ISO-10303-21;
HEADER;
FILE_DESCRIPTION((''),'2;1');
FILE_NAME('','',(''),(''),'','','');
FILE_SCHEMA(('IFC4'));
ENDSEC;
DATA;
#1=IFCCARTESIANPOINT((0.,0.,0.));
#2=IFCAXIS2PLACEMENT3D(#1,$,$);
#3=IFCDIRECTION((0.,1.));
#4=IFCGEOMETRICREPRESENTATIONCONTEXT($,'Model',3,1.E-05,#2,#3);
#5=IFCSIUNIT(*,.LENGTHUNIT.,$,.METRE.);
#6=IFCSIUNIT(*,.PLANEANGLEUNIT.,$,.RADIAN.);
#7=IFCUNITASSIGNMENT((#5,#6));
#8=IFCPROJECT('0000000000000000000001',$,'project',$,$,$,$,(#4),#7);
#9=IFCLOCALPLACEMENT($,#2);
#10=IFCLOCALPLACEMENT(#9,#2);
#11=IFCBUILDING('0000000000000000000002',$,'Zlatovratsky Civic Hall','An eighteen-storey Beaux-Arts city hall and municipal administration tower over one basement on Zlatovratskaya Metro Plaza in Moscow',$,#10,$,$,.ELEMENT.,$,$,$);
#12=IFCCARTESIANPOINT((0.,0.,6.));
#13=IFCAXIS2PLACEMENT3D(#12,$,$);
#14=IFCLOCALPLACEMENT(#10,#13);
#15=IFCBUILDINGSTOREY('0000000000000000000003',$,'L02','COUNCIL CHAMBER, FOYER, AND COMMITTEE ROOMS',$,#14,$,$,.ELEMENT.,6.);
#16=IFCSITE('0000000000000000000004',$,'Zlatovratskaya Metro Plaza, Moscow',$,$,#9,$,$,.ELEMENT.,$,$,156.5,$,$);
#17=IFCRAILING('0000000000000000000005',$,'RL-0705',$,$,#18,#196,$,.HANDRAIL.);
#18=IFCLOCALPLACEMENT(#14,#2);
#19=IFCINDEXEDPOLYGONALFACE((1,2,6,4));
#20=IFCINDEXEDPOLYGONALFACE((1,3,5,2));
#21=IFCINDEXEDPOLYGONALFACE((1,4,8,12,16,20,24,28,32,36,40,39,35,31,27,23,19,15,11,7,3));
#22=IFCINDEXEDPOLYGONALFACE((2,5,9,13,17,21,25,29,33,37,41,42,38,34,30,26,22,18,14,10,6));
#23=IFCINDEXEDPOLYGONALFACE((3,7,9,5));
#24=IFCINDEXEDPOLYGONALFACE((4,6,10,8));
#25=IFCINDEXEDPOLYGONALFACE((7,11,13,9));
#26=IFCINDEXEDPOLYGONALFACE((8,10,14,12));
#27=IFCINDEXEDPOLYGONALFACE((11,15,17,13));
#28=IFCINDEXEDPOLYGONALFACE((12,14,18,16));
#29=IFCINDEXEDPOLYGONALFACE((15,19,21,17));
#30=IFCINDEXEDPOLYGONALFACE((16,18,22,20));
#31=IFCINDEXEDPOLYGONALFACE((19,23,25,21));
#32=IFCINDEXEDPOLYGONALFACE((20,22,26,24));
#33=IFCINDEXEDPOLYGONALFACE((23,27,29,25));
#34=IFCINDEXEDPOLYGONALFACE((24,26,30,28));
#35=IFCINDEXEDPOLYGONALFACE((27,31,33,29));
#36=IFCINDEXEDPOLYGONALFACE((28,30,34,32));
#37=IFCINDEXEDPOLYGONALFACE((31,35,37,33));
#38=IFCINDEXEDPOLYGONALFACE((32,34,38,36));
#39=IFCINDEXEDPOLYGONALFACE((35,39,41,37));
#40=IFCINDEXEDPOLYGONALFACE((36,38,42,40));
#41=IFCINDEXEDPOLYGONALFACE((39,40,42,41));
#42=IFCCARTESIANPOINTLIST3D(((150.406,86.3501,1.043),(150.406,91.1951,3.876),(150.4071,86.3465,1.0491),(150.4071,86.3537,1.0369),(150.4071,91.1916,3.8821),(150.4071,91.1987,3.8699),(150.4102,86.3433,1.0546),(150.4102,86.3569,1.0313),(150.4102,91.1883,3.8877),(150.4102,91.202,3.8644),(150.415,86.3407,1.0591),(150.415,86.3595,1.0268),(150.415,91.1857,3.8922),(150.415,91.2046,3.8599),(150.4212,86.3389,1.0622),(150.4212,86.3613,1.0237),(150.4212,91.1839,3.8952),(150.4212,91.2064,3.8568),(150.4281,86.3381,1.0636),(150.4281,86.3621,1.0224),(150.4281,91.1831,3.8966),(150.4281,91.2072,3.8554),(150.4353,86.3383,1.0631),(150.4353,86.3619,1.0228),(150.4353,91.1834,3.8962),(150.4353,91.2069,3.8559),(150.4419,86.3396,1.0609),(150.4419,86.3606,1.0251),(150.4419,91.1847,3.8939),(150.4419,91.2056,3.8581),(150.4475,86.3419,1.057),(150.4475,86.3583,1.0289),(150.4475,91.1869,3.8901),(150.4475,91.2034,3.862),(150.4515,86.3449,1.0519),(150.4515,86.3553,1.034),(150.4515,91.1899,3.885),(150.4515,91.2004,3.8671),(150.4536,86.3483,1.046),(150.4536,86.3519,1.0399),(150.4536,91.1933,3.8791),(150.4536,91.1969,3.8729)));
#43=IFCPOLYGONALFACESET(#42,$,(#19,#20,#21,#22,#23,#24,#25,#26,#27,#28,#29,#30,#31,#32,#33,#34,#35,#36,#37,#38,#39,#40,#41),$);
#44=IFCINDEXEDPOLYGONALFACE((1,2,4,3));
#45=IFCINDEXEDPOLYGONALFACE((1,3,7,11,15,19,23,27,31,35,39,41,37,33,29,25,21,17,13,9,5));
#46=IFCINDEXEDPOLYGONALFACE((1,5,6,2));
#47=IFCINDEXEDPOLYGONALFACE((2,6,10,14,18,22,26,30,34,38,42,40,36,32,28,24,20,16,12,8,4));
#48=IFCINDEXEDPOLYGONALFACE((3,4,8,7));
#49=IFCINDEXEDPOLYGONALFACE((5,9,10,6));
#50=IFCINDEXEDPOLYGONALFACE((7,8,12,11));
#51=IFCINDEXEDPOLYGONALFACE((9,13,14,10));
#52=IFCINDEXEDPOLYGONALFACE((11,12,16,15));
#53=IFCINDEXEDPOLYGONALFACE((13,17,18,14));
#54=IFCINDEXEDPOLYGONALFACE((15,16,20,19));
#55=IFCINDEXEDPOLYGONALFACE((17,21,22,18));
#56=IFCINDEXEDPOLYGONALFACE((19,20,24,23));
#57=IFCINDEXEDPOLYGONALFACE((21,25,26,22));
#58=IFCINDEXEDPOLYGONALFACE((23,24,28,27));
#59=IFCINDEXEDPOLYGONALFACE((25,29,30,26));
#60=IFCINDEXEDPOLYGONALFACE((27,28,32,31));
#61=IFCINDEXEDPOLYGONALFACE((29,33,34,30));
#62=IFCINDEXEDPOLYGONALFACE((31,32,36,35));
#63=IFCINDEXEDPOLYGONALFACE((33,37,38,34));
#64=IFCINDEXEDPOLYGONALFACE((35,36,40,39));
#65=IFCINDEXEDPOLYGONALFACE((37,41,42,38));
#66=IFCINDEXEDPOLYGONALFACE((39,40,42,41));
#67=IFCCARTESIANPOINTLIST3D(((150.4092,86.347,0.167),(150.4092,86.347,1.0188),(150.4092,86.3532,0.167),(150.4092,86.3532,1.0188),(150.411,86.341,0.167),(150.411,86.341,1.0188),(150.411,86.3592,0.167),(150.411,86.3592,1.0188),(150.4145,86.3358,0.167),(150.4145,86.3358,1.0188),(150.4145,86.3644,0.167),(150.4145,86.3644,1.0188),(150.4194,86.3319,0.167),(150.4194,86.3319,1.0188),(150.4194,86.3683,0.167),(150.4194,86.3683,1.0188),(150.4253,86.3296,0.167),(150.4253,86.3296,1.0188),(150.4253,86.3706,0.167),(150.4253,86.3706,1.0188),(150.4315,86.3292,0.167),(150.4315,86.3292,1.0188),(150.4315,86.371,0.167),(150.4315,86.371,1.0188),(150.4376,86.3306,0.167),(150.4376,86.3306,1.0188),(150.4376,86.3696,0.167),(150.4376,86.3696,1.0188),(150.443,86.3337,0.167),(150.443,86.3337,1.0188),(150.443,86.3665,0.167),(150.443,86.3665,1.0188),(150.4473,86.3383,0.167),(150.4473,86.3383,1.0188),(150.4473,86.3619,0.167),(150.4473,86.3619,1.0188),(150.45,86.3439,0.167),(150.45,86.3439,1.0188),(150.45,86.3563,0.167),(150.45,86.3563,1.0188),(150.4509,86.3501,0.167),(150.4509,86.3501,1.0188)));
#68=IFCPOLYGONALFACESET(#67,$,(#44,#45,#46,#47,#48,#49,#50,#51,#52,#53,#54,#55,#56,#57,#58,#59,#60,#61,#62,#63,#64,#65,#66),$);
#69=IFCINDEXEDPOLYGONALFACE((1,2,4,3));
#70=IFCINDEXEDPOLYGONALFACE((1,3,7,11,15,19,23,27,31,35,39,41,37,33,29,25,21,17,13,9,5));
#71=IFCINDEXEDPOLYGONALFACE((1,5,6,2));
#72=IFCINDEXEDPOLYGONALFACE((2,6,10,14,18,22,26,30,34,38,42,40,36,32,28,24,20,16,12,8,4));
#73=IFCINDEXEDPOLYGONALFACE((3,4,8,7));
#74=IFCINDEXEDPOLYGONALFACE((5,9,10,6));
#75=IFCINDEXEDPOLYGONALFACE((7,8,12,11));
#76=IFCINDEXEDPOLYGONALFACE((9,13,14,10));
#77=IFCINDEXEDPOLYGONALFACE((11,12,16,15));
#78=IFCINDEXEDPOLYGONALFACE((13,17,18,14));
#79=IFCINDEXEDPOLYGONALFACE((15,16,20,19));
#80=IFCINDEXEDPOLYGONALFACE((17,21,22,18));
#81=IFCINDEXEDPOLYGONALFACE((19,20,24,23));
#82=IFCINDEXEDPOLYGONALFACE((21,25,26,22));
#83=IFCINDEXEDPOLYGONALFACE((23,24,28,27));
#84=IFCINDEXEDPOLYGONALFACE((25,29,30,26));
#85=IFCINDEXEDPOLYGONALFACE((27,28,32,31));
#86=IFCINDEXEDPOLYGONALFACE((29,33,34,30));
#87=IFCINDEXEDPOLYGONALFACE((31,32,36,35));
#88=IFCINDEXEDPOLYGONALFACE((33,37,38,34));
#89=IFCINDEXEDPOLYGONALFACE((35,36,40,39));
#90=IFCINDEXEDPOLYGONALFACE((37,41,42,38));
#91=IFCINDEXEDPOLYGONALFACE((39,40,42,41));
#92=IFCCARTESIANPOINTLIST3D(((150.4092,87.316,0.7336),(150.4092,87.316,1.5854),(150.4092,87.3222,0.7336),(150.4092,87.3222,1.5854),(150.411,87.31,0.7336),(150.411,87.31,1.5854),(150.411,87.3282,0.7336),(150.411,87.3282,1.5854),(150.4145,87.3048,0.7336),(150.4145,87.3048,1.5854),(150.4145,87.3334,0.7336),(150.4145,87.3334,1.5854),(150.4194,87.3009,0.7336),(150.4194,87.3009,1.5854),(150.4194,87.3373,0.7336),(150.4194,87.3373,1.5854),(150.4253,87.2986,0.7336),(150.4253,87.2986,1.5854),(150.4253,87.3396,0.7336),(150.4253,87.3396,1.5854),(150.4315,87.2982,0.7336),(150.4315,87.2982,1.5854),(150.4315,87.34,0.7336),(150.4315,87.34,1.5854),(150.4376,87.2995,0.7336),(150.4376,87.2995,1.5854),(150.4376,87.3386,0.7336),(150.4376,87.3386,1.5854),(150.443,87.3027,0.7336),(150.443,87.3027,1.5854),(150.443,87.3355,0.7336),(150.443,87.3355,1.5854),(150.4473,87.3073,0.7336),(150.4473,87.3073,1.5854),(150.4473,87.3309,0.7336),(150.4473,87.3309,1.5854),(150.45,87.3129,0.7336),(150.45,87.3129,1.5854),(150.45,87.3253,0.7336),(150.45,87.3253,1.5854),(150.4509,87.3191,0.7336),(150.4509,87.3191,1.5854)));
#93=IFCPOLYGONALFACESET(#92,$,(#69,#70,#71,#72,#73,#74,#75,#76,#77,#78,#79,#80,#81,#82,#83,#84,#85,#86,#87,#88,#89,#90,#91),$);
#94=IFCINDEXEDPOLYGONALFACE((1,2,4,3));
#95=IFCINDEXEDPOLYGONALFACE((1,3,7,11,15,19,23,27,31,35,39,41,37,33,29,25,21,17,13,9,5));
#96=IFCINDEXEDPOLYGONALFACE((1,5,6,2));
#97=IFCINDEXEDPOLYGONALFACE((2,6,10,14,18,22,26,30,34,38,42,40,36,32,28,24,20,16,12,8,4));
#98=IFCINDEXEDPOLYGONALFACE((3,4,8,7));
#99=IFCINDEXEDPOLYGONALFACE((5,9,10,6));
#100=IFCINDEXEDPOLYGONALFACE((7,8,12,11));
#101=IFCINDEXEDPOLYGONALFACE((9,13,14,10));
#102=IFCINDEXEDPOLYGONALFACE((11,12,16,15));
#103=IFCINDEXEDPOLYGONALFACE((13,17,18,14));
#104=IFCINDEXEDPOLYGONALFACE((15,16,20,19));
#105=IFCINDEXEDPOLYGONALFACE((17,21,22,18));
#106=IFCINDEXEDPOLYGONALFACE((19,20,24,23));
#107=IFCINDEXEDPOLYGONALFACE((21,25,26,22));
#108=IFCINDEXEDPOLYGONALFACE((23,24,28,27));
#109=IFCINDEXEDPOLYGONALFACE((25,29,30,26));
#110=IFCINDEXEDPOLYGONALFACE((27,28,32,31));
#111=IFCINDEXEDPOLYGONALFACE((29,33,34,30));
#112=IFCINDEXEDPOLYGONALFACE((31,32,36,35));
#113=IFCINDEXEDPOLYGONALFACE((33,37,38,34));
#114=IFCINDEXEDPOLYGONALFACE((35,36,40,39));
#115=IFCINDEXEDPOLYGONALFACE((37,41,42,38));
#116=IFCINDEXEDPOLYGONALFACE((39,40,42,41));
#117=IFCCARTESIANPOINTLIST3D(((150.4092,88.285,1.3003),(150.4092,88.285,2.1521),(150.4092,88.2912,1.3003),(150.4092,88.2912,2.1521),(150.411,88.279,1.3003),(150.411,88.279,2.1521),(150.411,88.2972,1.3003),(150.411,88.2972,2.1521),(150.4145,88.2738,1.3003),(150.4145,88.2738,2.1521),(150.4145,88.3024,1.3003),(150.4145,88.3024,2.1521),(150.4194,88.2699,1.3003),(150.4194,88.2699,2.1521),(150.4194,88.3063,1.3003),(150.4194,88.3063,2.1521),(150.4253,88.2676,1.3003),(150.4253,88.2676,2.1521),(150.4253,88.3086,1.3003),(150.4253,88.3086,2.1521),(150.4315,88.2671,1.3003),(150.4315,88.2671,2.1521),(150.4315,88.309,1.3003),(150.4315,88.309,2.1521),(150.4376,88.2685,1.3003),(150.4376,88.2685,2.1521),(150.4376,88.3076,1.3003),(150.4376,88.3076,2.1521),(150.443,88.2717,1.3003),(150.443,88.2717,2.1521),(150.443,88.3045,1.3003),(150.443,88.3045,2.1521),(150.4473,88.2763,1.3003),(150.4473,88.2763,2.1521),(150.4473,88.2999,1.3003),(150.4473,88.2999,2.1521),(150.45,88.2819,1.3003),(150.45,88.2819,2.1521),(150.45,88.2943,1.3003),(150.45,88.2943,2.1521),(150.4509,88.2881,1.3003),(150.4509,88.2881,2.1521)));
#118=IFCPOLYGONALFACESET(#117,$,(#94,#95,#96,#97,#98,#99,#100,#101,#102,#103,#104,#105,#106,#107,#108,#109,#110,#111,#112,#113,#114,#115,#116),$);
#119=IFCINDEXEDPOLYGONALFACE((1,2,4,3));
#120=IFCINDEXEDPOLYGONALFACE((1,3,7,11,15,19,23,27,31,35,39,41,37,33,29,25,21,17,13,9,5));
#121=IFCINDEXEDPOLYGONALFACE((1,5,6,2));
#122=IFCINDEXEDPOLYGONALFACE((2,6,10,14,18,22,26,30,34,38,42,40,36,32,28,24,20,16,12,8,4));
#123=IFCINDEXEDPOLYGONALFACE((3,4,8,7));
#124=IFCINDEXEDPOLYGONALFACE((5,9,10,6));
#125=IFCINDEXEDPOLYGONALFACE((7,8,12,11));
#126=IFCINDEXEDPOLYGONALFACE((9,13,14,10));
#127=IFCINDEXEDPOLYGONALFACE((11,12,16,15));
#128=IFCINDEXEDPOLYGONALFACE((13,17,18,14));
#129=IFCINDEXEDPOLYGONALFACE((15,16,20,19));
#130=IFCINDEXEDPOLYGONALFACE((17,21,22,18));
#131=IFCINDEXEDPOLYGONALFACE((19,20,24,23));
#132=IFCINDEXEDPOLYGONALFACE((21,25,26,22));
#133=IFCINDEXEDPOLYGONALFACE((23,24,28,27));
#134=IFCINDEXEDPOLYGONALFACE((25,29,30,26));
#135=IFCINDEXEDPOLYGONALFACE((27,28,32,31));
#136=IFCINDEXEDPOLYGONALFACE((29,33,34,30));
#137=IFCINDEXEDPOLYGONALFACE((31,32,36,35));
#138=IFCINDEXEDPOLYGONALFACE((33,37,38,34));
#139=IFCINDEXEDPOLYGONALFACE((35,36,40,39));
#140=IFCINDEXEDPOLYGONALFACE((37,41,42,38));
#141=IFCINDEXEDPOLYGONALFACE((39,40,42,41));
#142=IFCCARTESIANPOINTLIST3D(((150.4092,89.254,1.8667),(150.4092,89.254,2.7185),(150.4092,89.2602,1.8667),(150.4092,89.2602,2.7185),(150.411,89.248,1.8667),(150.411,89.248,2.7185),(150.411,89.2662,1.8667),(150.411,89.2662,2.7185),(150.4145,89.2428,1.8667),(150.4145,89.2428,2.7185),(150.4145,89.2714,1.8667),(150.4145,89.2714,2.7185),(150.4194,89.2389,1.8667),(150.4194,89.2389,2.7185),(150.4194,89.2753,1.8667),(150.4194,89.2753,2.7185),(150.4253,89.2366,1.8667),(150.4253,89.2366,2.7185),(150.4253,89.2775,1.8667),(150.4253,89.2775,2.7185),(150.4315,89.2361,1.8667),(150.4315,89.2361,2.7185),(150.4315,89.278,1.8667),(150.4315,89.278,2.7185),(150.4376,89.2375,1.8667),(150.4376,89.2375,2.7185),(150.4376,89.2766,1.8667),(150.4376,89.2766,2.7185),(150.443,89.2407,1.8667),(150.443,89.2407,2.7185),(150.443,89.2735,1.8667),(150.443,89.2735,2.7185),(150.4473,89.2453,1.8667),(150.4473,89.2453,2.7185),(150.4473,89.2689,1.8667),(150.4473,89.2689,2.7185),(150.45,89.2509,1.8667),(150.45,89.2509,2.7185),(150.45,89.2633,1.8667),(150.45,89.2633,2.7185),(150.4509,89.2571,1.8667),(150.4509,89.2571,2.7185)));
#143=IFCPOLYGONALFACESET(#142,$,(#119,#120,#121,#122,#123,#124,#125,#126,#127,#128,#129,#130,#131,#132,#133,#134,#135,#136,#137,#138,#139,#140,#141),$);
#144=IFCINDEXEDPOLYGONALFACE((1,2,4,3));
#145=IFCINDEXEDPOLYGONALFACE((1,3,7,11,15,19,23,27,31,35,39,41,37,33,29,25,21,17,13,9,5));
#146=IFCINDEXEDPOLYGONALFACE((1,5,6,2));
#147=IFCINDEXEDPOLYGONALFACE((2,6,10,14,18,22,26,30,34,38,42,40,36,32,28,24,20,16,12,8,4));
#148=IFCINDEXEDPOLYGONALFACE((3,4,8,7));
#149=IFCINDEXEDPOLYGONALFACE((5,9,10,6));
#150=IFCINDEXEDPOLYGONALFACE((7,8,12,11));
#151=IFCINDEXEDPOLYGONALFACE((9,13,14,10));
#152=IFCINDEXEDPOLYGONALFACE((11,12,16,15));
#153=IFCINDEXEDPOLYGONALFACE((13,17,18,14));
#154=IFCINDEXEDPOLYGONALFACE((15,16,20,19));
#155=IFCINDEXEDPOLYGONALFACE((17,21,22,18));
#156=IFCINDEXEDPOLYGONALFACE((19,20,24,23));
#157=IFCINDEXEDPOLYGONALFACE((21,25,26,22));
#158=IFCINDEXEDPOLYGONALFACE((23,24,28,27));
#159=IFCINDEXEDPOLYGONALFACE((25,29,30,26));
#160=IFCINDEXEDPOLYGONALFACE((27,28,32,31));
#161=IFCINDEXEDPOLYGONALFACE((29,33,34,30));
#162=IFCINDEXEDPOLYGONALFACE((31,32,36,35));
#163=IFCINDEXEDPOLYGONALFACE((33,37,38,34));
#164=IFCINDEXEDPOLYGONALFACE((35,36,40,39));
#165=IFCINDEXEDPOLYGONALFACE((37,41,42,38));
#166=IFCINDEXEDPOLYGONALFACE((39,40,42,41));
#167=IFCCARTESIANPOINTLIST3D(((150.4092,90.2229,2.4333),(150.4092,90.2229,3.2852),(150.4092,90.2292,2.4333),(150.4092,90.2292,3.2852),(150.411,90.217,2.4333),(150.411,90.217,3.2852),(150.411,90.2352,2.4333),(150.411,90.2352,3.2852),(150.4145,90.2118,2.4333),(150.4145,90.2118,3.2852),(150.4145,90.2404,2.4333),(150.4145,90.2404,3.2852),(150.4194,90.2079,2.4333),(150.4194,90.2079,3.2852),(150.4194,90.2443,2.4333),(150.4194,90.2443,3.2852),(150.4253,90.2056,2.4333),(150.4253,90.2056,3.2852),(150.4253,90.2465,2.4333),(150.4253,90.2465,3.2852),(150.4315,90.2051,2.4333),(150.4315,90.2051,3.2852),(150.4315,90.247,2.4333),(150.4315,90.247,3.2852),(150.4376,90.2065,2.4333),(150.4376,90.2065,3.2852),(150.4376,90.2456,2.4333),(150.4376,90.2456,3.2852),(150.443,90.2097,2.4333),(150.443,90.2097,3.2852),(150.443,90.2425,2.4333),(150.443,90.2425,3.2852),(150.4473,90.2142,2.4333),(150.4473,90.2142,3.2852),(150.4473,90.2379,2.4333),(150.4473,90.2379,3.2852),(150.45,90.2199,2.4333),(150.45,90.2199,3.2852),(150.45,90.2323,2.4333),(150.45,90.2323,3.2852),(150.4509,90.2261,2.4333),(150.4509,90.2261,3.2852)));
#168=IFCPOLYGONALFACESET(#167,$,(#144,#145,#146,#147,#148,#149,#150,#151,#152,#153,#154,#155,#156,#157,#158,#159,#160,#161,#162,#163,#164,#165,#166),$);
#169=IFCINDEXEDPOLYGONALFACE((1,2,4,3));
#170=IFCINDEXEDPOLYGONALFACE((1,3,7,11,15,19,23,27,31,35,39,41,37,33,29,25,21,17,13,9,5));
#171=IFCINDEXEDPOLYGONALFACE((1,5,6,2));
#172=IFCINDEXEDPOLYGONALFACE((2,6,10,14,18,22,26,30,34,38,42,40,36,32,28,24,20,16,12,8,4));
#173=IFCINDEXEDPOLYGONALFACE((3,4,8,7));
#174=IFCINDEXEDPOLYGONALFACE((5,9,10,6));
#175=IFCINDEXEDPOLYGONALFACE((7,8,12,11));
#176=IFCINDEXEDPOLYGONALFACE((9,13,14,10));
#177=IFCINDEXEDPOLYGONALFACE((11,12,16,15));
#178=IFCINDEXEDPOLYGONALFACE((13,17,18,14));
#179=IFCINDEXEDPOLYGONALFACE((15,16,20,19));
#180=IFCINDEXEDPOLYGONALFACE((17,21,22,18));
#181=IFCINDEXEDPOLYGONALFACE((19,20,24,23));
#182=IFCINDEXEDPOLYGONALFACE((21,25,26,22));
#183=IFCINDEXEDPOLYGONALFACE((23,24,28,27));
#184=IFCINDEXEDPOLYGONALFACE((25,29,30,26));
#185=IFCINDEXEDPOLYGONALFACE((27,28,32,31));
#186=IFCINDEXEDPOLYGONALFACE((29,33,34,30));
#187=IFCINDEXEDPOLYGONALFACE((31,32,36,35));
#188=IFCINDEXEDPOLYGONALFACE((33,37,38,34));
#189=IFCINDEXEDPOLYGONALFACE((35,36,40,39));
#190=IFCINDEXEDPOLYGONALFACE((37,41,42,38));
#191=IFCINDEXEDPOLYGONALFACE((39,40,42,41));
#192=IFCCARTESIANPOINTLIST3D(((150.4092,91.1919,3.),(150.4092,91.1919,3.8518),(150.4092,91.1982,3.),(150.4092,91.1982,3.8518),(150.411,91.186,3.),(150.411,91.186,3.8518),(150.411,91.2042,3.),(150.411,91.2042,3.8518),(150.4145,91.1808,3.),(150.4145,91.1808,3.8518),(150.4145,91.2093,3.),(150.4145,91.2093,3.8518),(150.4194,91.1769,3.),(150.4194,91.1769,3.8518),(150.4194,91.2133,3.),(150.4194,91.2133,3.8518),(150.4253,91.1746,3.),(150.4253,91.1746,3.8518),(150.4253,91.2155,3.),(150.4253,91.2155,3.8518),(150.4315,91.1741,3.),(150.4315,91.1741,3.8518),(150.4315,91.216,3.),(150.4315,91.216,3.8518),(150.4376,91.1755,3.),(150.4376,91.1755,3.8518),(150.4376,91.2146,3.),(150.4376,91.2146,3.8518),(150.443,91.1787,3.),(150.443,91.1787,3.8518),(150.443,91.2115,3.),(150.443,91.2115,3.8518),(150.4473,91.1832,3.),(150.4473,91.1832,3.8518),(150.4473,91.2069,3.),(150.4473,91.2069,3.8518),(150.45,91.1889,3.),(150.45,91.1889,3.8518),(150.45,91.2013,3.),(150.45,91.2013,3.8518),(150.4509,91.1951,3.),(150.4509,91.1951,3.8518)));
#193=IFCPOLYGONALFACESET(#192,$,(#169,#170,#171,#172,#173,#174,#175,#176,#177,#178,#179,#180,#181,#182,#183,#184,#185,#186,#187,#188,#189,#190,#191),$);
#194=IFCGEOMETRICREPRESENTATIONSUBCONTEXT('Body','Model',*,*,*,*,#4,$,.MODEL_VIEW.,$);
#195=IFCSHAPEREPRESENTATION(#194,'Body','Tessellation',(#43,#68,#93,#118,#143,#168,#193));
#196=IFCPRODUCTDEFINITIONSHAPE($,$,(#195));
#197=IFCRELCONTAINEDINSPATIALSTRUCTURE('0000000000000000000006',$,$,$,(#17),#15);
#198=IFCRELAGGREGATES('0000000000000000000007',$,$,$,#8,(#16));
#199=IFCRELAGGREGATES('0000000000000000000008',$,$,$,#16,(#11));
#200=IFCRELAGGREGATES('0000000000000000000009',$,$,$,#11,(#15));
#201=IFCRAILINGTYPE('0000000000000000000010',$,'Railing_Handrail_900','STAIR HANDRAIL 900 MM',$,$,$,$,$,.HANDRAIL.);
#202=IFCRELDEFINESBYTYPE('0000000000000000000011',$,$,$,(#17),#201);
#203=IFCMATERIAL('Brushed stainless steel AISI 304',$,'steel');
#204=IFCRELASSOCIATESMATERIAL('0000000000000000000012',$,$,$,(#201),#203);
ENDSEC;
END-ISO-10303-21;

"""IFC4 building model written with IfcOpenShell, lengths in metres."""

from ifc_helpers import new_model, si_unit, direction, frame, origin, origin_2d, place, context, subcontext, project, spatial, circle, extrude, material, type_object, element, save


model = new_model("IFC4")

# Units and contexts
model_context = context("Model", 3, precision=1e-05, world=origin(), true_north=direction((0.0, 1.0)))
body_context = subcontext(model_context, "Body", "Model", "MODEL_VIEW")
ifc_project = project(units=[si_unit("LENGTHUNIT", "METRE"), si_unit("PLANEANGLEUNIT", "RADIAN")], contexts=[model_context])

# Site, building, storey
site_placement = place(None, origin())
site = spatial("IfcSite", under=ifc_project, at=site_placement, Name="Zlatovratskaya Metro Plaza, Moscow", CompositionType="ELEMENT", RefElevation=156.5)
building_placement = place(site_placement, origin())
building = spatial("IfcBuilding", under=site, at=building_placement, Name="Zlatovratsky Civic Hall", Description="An eighteen-storey Beaux-Arts city hall and municipal administration tower over one basement on Zlatovratskaya Metro Plaza in Moscow", CompositionType="ELEMENT")
storey_placement = place(building_placement, frame((0.0, 0.0, 6.0)))
storey = spatial("IfcBuildingStorey", under=building, at=storey_placement, Name="L02", Description="COUNCIL CHAMBER, FOYER, AND COMMITTEE ROOMS", CompositionType="ELEMENT", Elevation=6.0)

# Railing
ifc_material_1 = material(Name="Brushed stainless steel AISI 304", Category="steel")
railing_type_1 = type_object("IfcRailingType", Name="Railing_Handrail_900", Description="STAIR HANDRAIL 900 MM", PredefinedType="HANDRAIL", material=ifc_material_1)
railing_1_placement = place(storey_placement, frame((150.4299, 86.3501, 0.167)))
element("IfcRailing", 1, at=railing_1_placement, inside=storey, type_object=railing_type_1, Name="RL-0705", PredefinedType="HANDRAIL", context=body_context, shape_type="SweptSolid", body=[
    extrude(circle(Radius=0.0239, at=origin_2d()), frame((0.0, 0.0, 0.876), z_axis=(0.0, 0.863253, 0.504771), x_axis=(-1.0, 0.0, 0.0)), (0.0, 0.0, 1.0), 5.6125),
    extrude(circle(Radius=0.021, at=origin_2d()), origin(), (0.0, 0.0, 1.0), 0.8518),
    extrude(circle(Radius=0.021, at=origin_2d()), frame((0.0, 0.969, 0.5667)), (0.0, 0.0, 1.0), 0.8518),
    extrude(circle(Radius=0.021, at=origin_2d()), frame((0.0, 1.938, 1.1333)), (0.0, 0.0, 1.0), 0.8518),
    extrude(circle(Radius=0.021, at=origin_2d()), frame((0.0, 2.907, 1.6997)), (0.0, 0.0, 1.0), 0.8518),
    extrude(circle(Radius=0.021, at=origin_2d()), frame((0.0, 3.876, 2.2664)), (0.0, 0.0, 1.0), 0.8518),
    extrude(circle(Radius=0.021, at=origin_2d()), frame((0.0, 4.845, 2.833)), (0.0, 0.0, 1.0), 0.8518),
])

save(model, "model.ifc")
